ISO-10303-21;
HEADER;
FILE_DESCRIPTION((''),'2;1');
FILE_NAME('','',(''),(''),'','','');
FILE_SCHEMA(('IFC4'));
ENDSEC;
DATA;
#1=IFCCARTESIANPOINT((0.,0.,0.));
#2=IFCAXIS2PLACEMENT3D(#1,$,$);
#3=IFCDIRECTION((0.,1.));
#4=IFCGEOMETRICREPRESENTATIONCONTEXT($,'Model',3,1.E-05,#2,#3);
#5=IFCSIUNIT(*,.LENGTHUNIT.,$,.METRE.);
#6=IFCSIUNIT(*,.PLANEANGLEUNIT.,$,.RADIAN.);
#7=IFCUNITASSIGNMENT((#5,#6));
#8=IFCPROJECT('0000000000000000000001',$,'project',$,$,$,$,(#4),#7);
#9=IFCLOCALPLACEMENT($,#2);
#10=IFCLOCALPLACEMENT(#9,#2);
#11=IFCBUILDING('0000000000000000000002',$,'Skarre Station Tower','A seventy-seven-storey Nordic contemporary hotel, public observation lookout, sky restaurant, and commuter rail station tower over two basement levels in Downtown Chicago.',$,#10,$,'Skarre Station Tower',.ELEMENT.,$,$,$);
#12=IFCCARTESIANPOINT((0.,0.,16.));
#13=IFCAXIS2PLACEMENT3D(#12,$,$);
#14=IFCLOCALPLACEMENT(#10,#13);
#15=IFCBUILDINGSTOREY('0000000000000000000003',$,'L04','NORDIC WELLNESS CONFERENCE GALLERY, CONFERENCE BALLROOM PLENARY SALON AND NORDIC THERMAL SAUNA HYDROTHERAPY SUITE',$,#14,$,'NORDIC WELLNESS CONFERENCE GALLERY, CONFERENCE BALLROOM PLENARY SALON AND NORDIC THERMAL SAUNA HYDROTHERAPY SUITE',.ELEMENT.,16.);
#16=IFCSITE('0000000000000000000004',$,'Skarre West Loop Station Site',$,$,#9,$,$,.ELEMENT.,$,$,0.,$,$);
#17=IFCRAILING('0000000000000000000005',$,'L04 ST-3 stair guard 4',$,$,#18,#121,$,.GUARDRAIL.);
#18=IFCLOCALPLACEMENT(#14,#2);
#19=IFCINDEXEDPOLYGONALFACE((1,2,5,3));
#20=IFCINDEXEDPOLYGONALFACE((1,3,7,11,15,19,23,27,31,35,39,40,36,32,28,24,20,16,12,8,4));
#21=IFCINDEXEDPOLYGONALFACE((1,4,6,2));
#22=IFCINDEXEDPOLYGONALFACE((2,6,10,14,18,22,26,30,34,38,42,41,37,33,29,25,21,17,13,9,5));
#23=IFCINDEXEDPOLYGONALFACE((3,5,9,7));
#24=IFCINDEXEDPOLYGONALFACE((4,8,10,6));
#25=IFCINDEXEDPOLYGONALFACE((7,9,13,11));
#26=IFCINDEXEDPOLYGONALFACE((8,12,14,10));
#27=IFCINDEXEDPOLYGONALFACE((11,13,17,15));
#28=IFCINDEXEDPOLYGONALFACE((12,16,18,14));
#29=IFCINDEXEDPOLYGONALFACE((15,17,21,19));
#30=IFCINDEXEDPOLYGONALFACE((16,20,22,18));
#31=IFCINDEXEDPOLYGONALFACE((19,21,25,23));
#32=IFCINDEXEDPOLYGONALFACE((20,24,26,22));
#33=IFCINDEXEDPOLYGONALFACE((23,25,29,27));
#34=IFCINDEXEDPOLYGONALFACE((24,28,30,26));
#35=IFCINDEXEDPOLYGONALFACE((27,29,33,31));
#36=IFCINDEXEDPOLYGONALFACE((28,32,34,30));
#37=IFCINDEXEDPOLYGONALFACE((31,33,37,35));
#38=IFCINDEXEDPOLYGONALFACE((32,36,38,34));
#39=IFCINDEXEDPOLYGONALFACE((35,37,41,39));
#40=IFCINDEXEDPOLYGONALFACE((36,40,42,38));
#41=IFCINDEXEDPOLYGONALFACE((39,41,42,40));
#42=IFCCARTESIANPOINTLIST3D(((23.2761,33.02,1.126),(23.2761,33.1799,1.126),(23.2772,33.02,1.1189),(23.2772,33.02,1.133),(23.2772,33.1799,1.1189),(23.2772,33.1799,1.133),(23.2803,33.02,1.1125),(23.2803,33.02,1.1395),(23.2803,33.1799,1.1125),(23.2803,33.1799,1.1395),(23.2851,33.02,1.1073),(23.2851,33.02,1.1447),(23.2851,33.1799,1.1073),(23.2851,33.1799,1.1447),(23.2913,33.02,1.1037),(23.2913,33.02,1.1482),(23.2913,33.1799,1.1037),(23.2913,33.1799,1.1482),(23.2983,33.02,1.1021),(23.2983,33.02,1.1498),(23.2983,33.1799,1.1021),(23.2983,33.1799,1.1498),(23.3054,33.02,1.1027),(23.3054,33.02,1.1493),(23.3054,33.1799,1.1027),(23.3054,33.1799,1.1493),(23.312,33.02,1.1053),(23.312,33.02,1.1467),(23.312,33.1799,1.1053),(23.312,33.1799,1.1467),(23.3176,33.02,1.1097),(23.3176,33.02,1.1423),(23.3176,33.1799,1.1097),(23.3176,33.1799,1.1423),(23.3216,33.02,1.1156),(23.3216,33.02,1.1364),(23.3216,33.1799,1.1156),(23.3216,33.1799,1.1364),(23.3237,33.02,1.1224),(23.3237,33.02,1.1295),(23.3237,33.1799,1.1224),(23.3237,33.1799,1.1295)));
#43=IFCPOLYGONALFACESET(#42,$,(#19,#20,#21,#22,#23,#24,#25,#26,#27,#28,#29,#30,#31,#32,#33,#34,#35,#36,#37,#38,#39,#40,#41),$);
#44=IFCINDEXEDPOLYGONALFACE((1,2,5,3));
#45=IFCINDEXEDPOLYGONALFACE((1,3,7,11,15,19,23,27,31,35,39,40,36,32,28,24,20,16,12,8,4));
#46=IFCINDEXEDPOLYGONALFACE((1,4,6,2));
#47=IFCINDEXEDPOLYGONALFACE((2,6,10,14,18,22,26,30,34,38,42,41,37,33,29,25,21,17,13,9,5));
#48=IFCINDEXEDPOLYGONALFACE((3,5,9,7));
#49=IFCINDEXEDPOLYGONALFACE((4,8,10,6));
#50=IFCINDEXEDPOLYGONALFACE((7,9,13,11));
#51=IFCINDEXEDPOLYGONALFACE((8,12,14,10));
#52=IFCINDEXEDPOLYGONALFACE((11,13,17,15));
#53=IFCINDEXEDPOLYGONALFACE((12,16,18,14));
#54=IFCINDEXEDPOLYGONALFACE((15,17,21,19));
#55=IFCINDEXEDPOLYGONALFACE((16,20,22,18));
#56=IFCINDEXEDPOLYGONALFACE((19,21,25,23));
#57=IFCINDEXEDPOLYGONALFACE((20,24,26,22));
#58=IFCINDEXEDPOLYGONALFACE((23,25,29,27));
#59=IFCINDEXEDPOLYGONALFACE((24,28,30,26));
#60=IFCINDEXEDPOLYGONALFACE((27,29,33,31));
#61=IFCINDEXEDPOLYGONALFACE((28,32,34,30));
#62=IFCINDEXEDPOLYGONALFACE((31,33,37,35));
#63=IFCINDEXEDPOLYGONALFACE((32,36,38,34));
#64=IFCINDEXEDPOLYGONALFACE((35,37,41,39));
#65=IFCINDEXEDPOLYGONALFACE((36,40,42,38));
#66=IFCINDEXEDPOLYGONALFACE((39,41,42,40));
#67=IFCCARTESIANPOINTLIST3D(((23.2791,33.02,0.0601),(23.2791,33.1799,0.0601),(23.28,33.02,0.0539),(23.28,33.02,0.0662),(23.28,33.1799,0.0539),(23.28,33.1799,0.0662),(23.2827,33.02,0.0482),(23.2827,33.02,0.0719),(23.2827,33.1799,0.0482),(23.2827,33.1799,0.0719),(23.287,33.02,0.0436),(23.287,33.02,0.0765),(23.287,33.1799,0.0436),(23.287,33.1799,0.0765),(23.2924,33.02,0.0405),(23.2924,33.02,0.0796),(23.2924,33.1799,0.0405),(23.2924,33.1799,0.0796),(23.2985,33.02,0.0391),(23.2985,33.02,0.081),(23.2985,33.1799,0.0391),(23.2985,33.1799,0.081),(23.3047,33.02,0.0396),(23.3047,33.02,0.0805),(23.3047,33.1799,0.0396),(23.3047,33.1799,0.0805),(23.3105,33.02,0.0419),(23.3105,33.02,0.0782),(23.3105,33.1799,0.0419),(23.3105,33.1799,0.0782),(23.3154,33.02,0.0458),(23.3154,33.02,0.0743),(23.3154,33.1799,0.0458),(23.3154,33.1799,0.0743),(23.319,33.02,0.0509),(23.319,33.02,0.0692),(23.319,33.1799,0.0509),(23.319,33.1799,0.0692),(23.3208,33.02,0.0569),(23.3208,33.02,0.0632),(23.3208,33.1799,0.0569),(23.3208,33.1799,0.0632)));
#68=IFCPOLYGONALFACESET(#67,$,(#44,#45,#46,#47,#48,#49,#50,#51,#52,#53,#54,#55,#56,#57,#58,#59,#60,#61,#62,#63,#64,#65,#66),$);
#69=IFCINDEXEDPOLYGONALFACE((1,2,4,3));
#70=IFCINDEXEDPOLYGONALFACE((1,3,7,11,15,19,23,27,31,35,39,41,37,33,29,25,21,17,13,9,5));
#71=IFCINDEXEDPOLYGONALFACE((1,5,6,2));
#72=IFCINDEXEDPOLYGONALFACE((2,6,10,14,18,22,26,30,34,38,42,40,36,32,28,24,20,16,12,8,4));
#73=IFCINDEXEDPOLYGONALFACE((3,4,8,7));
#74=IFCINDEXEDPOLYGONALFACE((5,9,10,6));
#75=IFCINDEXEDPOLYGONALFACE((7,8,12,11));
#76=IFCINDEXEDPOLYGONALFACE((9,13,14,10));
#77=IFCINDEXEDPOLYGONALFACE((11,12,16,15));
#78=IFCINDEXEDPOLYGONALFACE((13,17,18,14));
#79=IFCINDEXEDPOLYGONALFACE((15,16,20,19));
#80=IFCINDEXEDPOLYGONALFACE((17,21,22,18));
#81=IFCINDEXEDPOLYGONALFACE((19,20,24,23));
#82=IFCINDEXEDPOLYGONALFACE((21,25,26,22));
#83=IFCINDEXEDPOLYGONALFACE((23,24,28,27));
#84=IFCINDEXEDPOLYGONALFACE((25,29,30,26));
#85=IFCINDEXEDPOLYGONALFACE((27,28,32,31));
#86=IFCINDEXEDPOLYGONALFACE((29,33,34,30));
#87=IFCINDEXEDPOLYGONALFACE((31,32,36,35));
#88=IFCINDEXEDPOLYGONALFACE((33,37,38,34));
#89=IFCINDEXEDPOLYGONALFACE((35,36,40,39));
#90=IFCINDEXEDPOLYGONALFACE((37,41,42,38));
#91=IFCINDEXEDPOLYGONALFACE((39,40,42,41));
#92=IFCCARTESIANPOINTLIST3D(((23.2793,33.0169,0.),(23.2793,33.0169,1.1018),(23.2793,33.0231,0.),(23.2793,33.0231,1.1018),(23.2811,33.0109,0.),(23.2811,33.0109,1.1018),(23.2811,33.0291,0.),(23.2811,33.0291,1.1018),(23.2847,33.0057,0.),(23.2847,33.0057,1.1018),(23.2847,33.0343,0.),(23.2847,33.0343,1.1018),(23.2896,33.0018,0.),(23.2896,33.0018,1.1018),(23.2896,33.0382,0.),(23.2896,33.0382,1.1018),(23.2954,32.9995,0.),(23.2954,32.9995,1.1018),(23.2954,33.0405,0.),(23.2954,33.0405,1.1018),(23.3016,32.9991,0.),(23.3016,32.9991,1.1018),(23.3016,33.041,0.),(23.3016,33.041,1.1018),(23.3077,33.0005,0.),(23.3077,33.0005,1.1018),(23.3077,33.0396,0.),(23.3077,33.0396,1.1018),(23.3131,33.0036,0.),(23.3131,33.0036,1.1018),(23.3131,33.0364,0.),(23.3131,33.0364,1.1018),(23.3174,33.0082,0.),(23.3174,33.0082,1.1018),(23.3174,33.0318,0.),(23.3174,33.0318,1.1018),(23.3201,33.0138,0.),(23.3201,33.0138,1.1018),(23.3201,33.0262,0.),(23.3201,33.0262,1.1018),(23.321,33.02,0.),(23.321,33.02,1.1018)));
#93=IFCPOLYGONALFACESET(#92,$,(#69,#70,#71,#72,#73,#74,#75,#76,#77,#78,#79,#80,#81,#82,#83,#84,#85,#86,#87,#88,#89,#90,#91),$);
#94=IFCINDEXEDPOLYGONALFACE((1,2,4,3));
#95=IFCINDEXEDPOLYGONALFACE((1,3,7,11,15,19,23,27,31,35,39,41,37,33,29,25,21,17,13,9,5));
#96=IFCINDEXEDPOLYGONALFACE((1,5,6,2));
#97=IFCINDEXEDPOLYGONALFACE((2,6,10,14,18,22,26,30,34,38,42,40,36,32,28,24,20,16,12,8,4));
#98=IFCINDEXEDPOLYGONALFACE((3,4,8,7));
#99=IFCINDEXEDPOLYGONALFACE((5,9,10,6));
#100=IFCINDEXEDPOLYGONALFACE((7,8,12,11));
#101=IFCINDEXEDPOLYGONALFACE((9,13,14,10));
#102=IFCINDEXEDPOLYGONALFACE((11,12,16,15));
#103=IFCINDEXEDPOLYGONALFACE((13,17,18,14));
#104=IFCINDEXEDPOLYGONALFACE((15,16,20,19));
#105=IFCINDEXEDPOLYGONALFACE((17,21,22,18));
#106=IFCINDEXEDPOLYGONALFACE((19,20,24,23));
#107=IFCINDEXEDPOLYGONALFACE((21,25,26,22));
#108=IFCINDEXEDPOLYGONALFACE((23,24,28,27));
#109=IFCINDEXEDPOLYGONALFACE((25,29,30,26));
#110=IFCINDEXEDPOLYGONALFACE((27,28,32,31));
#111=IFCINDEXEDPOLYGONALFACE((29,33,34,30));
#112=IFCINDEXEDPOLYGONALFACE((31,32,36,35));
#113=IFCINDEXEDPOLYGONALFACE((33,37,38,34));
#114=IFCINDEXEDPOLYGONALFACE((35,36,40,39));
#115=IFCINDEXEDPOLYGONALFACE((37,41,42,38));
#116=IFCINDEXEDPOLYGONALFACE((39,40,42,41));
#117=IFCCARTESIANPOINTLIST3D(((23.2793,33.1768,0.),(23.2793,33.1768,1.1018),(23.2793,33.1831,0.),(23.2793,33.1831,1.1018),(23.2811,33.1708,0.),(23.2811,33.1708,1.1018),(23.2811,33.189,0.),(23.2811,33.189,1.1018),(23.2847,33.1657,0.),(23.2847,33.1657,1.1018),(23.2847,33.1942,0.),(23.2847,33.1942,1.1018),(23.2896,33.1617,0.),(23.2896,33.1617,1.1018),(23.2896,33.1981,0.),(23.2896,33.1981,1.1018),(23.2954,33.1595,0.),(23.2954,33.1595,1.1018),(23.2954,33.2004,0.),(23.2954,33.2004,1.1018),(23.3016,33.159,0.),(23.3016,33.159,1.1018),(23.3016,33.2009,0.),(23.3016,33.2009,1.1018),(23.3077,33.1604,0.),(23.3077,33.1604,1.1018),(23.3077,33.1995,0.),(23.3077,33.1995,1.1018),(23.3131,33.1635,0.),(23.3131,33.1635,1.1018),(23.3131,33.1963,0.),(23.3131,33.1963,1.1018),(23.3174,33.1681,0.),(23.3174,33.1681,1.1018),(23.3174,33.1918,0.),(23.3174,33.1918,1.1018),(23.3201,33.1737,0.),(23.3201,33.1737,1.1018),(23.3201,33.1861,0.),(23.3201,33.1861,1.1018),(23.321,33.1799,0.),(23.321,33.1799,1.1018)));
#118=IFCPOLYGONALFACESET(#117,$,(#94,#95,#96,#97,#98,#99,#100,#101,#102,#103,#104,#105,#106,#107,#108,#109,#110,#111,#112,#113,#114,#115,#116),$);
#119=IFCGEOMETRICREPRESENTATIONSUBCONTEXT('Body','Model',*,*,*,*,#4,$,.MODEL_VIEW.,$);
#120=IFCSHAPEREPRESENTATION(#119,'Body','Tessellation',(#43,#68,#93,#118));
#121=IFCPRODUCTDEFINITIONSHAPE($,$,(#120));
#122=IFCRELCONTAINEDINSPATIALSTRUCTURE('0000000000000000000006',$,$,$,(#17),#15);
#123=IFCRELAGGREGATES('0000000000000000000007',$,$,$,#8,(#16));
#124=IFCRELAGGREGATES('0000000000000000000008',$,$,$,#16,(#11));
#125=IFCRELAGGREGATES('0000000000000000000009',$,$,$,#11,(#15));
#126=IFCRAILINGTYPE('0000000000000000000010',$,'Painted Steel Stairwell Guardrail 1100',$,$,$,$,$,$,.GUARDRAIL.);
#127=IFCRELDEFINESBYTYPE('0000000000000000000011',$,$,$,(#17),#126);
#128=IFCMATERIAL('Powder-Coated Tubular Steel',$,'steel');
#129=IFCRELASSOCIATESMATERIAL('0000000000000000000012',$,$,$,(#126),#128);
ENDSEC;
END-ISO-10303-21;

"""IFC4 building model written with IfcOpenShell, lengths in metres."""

from ifc_helpers import new_model, si_unit, direction, frame, origin, origin_2d, place, context, subcontext, project, spatial, circle, extrude, material, type_object, element, save


model = new_model("IFC4")

# Units and contexts
model_context = context("Model", 3, precision=1e-05, world=origin(), true_north=direction((0.0, 1.0)))
body_context = subcontext(model_context, "Body", "Model", "MODEL_VIEW")
ifc_project = project(units=[si_unit("LENGTHUNIT", "METRE"), si_unit("PLANEANGLEUNIT", "RADIAN")], contexts=[model_context])

# Site, building, storey
site_placement = place(None, origin())
site = spatial("IfcSite", under=ifc_project, at=site_placement, Name="Skarre West Loop Station Site", CompositionType="ELEMENT", RefElevation=0.0)
building_placement = place(site_placement, origin())
building = spatial("IfcBuilding", under=site, at=building_placement, Name="Skarre Station Tower", Description="A seventy-seven-storey Nordic contemporary hotel, public observation lookout, sky restaurant, and commuter rail station tower over two basement levels in Downtown Chicago.", LongName="Skarre Station Tower", CompositionType="ELEMENT")
storey_placement = place(building_placement, frame((0.0, 0.0, 16.0)))
storey = spatial("IfcBuildingStorey", under=building, at=storey_placement, Name="L04", Description="NORDIC WELLNESS CONFERENCE GALLERY, CONFERENCE BALLROOM PLENARY SALON AND NORDIC THERMAL SAUNA HYDROTHERAPY SUITE", LongName="NORDIC WELLNESS CONFERENCE GALLERY, CONFERENCE BALLROOM PLENARY SALON AND NORDIC THERMAL SAUNA HYDROTHERAPY SUITE", CompositionType="ELEMENT", Elevation=16.0)

# Railing
ifc_material_1 = material(Name="Powder-Coated Tubular Steel", Category="steel")
railing_type_1 = type_object("IfcRailingType", Name="Painted Steel Stairwell Guardrail 1100", PredefinedType="GUARDRAIL", material=ifc_material_1)
railing_1_placement = place(storey_placement, frame((23.3, 33.02, 0.0)))
element("IfcRailing", 1, at=railing_1_placement, inside=storey, type_object=railing_type_1, Name="L04 ST-3 stair guard 4", PredefinedType="GUARDRAIL", context=body_context, shape_type="SweptSolid", body=[
    extrude(circle(Radius=0.0239, at=origin_2d()), frame((0.0, 0.0, 1.126), z_axis=(0.0, 1.0, 0.0), x_axis=(-1.0, 0.0, 0.0)), (0.0, 0.0, 1.0), 0.1599),
    extrude(circle(Radius=0.021, at=origin_2d()), frame((0.0, 0.0, 0.0601), z_axis=(0.0, 1.0, 0.0), x_axis=(-1.0, 0.0, 0.0)), (0.0, 0.0, 1.0), 0.1599),
    extrude(circle(Radius=0.021, at=origin_2d()), origin(), (0.0, 0.0, 1.0), 1.1018),
    extrude(circle(Radius=0.021, at=origin_2d()), frame((0.0, 0.1599, 0.0)), (0.0, 0.0, 1.0), 1.1018),
])

save(model, "model.ifc")
